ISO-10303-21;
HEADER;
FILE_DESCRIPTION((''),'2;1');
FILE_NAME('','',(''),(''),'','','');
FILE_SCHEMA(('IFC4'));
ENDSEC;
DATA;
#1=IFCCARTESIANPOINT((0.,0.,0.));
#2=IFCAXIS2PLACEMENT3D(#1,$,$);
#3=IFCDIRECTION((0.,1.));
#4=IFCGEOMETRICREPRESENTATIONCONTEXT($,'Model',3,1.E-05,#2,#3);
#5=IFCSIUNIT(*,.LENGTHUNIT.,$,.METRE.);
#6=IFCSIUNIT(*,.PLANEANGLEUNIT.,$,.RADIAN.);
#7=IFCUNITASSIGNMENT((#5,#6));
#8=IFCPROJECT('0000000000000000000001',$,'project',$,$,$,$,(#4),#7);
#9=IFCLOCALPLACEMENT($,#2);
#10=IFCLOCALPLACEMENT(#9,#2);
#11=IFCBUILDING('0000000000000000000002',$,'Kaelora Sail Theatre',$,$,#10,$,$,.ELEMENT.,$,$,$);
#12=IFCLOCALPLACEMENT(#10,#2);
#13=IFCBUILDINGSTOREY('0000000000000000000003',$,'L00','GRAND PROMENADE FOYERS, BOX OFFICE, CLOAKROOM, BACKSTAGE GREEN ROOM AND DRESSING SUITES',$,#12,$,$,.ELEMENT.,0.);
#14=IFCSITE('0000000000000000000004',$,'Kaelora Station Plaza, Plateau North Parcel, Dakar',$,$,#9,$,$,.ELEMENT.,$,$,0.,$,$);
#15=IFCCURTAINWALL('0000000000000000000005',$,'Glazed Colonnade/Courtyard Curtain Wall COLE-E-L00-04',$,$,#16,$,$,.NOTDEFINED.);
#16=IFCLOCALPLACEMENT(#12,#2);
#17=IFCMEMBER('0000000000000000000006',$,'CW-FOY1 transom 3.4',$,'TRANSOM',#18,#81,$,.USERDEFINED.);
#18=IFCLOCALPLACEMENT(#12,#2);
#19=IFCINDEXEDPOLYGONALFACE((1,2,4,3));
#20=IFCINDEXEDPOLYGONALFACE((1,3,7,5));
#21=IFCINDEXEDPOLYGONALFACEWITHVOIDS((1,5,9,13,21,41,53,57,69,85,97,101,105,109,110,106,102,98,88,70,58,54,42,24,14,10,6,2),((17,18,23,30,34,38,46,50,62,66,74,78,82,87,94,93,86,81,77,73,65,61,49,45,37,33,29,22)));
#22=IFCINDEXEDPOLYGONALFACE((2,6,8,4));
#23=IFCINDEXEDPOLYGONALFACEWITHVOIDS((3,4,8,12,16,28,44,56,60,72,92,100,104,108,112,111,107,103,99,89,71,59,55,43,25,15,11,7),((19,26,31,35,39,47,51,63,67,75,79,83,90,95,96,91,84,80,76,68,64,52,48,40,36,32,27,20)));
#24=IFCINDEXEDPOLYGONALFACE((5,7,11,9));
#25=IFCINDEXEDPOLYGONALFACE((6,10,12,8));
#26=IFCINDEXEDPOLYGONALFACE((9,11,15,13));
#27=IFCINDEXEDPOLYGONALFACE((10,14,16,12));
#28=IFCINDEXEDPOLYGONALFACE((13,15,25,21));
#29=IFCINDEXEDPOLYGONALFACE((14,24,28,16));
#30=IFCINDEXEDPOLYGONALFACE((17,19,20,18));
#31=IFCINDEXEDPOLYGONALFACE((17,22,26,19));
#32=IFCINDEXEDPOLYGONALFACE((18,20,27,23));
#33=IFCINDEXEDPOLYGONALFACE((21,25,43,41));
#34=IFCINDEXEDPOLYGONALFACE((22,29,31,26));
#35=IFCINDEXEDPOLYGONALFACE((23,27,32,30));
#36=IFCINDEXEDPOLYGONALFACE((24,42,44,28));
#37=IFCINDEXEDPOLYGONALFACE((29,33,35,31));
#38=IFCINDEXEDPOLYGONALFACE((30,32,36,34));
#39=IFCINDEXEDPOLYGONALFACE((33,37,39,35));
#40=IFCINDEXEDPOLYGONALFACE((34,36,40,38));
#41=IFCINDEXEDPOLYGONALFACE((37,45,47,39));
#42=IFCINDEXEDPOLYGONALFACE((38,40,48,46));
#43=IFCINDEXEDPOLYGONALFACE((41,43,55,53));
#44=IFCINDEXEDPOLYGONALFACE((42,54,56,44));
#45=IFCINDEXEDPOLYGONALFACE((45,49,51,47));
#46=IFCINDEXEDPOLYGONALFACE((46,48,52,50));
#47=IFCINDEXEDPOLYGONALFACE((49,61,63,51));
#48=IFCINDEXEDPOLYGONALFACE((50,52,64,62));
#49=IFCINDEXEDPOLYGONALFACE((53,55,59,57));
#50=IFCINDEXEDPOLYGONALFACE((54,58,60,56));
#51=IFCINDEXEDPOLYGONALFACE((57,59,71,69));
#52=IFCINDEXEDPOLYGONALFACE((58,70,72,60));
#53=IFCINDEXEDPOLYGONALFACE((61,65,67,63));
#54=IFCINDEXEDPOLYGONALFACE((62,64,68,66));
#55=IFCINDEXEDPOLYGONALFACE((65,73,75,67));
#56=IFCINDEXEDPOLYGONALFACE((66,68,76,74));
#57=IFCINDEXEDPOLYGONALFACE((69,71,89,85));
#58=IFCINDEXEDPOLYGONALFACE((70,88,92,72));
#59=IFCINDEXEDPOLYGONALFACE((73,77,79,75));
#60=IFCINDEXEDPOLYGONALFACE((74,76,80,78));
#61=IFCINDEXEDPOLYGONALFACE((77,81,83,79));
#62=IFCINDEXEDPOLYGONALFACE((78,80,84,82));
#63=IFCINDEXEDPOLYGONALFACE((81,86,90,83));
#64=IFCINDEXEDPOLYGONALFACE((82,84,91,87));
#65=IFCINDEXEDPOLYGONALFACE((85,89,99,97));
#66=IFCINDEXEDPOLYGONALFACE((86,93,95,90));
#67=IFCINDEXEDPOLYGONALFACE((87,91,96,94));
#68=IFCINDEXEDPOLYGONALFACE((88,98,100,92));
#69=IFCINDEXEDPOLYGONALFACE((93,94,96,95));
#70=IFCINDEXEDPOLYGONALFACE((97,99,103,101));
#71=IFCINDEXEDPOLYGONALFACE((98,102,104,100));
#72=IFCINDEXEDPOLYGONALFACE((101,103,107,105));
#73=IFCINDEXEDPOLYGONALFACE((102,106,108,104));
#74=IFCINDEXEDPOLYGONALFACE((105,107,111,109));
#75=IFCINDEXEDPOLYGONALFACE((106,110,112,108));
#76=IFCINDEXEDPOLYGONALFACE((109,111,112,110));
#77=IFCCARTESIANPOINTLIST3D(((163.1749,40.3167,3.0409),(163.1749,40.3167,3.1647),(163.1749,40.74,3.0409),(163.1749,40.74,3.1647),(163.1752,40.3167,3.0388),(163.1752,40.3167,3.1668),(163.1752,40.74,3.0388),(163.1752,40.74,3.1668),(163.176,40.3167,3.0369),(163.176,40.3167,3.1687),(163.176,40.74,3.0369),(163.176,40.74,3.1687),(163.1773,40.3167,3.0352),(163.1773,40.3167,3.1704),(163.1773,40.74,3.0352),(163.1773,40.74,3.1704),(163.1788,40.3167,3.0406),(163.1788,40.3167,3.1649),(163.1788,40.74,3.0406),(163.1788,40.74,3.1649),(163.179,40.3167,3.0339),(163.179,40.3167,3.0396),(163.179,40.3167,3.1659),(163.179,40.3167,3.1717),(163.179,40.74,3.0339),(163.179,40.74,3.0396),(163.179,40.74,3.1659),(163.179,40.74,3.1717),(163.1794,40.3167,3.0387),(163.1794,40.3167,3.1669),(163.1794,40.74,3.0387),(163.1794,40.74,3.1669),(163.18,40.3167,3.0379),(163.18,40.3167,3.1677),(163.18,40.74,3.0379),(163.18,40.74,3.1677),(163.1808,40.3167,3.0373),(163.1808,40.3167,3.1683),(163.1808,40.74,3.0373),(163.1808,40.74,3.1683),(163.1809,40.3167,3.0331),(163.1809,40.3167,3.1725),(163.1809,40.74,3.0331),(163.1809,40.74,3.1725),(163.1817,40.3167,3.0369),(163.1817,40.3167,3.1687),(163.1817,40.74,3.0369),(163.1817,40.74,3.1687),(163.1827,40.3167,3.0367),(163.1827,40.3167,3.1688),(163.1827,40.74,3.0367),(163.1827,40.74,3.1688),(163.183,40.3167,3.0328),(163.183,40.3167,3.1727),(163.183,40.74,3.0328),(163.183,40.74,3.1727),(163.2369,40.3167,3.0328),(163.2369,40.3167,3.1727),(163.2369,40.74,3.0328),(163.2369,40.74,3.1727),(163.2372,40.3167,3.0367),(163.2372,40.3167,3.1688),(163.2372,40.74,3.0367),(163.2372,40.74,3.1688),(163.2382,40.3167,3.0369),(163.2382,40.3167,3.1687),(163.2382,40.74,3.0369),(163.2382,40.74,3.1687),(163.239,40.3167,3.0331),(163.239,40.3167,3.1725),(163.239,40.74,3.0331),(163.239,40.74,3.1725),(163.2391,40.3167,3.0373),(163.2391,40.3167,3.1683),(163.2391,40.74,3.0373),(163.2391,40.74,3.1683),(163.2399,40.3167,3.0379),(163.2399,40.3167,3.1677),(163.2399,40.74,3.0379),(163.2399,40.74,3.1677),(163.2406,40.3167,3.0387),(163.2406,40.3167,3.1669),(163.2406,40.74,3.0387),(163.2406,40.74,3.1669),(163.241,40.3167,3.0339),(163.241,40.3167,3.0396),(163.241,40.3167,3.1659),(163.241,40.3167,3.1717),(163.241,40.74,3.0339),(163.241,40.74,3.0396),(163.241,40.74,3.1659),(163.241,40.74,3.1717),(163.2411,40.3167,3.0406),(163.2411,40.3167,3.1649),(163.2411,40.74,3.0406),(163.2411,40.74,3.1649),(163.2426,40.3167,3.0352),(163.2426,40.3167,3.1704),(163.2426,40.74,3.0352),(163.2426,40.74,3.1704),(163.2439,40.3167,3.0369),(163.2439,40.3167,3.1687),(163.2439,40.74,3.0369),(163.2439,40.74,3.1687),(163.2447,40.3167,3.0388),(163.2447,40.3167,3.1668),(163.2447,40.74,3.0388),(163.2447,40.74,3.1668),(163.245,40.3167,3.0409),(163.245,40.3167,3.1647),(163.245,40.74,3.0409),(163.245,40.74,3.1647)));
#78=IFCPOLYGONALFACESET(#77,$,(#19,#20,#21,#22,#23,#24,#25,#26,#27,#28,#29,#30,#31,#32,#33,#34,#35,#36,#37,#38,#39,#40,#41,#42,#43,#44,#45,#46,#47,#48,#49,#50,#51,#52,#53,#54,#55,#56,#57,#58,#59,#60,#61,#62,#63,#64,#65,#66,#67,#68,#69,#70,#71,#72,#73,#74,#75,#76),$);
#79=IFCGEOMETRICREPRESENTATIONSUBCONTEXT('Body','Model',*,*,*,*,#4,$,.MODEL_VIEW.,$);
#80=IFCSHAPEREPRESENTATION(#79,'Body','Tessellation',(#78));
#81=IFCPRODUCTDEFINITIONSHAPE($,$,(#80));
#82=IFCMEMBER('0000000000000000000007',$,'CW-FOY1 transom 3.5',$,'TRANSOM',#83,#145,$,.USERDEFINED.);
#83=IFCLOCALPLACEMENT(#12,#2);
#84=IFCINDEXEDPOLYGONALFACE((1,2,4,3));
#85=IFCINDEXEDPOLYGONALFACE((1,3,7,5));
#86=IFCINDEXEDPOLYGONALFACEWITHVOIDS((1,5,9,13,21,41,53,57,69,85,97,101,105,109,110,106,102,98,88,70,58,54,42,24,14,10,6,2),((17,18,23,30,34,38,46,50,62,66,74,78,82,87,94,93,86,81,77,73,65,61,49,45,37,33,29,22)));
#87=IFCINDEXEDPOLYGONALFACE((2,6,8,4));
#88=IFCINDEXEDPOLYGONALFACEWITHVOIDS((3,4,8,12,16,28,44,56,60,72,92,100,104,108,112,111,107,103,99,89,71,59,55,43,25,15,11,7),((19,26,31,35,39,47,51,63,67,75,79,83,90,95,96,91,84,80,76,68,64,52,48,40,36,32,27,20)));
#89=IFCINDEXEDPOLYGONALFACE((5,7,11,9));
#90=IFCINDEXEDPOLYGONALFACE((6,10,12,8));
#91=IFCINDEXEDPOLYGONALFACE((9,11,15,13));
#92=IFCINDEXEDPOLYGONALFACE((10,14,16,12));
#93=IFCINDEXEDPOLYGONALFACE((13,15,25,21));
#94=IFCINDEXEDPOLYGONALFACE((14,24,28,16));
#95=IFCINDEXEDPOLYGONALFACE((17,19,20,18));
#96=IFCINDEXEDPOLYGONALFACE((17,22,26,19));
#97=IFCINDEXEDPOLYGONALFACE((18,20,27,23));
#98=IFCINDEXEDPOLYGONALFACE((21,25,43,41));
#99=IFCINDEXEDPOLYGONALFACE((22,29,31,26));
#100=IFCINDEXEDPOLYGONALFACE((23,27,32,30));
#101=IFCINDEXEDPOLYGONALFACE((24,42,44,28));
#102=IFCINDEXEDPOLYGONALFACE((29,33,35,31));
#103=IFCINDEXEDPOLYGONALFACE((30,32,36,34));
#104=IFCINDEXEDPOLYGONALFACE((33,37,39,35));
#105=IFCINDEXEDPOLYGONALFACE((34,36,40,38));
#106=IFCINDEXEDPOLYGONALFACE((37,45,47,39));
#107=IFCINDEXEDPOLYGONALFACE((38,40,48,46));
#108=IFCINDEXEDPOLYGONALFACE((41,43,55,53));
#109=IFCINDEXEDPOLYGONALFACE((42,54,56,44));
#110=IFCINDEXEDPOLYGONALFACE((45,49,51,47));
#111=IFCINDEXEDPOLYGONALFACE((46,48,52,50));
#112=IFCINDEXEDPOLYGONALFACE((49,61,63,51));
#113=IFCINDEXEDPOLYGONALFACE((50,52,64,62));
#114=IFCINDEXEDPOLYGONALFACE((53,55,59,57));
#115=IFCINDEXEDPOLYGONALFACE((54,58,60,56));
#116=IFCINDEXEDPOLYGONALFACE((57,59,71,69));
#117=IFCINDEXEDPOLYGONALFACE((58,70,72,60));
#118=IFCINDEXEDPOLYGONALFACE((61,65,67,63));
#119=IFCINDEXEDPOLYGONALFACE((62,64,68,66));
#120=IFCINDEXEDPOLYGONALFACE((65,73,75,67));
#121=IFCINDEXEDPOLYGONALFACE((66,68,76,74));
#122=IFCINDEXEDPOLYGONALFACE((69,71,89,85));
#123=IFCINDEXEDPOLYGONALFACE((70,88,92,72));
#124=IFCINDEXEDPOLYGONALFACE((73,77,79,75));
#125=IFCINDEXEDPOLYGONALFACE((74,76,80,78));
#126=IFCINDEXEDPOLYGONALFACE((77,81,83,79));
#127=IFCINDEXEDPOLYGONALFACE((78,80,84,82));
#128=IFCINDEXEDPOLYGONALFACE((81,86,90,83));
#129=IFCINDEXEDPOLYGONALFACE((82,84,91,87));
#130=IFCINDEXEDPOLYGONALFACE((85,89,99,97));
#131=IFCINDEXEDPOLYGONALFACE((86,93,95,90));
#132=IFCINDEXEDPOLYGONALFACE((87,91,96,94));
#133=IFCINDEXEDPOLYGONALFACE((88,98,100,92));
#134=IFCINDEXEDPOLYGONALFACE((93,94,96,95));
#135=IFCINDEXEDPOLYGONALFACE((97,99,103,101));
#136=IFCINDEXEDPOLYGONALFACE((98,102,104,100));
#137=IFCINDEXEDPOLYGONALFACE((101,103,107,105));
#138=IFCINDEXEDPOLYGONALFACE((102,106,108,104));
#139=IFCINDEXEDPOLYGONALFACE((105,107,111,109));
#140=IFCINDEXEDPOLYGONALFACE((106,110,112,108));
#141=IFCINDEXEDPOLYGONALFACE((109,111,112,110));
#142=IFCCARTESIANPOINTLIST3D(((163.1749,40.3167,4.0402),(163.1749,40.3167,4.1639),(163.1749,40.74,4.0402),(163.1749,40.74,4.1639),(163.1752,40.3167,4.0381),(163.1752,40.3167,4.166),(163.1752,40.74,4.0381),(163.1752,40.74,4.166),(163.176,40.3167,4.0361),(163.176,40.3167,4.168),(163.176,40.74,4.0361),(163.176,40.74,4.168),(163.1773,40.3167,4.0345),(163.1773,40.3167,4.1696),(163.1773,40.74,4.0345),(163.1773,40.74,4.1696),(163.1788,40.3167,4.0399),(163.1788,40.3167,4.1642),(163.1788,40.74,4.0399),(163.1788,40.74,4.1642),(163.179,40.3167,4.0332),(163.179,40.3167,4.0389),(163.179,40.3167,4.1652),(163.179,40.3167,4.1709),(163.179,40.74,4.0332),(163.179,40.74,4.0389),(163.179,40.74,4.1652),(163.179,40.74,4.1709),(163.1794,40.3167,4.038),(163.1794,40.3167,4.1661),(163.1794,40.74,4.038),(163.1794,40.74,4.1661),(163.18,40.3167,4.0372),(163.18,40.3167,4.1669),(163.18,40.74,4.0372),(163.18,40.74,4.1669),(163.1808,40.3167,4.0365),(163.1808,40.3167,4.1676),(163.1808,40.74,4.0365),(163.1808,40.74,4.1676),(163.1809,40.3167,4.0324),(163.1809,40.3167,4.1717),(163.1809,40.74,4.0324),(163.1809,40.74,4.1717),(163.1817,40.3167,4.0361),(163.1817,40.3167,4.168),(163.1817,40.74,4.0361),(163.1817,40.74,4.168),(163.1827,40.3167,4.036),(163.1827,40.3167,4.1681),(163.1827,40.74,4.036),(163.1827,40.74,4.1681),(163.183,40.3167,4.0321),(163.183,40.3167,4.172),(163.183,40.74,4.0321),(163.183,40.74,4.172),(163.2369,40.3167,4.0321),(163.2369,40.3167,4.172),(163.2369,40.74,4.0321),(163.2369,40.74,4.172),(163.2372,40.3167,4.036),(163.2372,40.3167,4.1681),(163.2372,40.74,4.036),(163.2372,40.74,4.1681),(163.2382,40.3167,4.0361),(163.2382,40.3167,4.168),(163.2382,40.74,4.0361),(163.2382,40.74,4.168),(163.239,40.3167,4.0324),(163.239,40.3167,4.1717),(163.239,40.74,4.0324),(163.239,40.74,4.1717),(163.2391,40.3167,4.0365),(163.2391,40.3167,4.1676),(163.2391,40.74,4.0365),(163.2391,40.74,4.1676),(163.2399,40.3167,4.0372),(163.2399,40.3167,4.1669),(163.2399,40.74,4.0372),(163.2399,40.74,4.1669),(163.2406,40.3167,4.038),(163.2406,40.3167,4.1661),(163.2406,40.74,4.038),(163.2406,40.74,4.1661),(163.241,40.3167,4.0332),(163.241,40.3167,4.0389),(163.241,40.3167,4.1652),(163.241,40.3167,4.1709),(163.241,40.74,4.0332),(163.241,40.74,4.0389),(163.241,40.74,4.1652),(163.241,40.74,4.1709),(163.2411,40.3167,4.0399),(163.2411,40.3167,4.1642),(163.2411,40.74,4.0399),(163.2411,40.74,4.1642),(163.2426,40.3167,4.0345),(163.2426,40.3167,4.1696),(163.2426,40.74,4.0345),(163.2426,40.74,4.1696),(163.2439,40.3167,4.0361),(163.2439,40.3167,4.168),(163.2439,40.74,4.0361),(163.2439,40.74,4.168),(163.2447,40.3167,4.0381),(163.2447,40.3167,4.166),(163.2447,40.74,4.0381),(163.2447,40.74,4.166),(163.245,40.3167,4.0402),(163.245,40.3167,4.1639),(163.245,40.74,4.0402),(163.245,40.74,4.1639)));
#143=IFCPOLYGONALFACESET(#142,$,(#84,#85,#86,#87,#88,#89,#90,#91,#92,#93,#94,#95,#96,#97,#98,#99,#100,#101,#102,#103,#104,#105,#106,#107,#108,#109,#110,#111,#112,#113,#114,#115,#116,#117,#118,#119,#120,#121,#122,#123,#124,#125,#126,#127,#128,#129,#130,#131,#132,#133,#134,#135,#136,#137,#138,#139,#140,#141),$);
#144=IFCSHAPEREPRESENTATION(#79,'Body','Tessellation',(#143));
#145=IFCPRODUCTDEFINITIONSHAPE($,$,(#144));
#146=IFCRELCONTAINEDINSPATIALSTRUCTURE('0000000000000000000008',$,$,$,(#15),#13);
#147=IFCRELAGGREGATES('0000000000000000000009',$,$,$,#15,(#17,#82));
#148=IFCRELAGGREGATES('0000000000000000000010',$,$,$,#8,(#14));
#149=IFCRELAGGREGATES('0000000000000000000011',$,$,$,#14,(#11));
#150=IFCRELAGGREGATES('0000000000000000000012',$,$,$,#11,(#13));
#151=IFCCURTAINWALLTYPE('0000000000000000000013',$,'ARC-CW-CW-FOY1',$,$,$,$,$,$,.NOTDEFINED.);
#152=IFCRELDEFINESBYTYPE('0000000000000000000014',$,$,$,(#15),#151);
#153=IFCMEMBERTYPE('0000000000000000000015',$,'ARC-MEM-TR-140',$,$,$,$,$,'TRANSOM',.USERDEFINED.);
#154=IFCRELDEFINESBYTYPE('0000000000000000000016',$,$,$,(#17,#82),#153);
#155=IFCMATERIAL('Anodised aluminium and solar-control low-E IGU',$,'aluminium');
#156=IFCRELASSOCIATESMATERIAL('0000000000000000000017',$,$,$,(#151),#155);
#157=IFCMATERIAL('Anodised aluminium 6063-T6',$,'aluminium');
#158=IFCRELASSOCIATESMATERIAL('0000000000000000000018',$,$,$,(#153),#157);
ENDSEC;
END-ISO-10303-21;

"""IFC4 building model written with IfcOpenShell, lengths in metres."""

from ifc_helpers import new_model, si_unit, direction, frame, origin, origin_2d, place, context, subcontext, project, spatial, hollow_rectangle, extrude, material, material_profile, profile_set, type_object, element, aggregate, save


model = new_model("IFC4")

# Units and contexts
model_context = context("Model", 3, precision=1e-05, world=origin(), true_north=direction((0.0, 1.0)))
body_context = subcontext(model_context, "Body", "Model", "MODEL_VIEW")
ifc_project = project(units=[si_unit("LENGTHUNIT", "METRE"), si_unit("PLANEANGLEUNIT", "RADIAN")], contexts=[model_context])

# Site, building, storey
site_placement = place(None, origin())
site = spatial("IfcSite", under=ifc_project, at=site_placement, Name="Kaelora Station Plaza, Plateau North Parcel, Dakar", CompositionType="ELEMENT", RefElevation=0.0)
building_placement = place(site_placement, origin())
building = spatial("IfcBuilding", under=site, at=building_placement, Name="Kaelora Sail Theatre", CompositionType="ELEMENT")
storey_placement = place(building_placement, origin())
storey = spatial("IfcBuildingStorey", under=building, at=storey_placement, Name="L00", Description="GRAND PROMENADE FOYERS, BOX OFFICE, CLOAKROOM, BACKSTAGE GREEN ROOM AND DRESSING SUITES", CompositionType="ELEMENT", Elevation=0.0)

# Curtain wall
ifc_material_1 = material(Name="Anodised aluminium and solar-control low-E IGU", Category="aluminium")
curtain_wall_type = type_object("IfcCurtainWallType", Name="ARC-CW-CW-FOY1", PredefinedType="NOTDEFINED", material=ifc_material_1)
curtain_wall_1_placement = place(storey_placement, origin())
curtain_wall_1 = element("IfcCurtainWall", 1, at=curtain_wall_1_placement, inside=storey, type_object=curtain_wall_type, Name="Glazed Colonnade/Courtyard Curtain Wall COLE-E-L00-04", PredefinedType="NOTDEFINED")

# Members
ifc_material_2 = material(Name="Anodised aluminium 6063-T6", Category="aluminium")
ifc_material_profile_1 = material_profile(ifc_material_2, hollow_rectangle(XDim=0.0701, YDim=0.1399, WallThickness=0.0039, InnerFilletRadius=0.0039, OuterFilletRadius=0.0081, at=origin_2d()), Name="ALU-TRAN 70x140x4")
ifc_profile_set_1 = profile_set([ifc_material_profile_1], Name="Anodised aluminium 6063-T6")
member_type_1 = type_object("IfcMemberType", Name="ARC-MEM-TR-140", ElementType="TRANSOM", PredefinedType="USERDEFINED", material=ifc_profile_set_1)
member_1_placement = place(storey_placement, frame((163.21, 40.3167, 3.1028), z_axis=(0.0, 1.0, 0.0), x_axis=(-1.0, 0.0, 0.0)))
member_1 = element("IfcMember", 2, at=member_1_placement, type_object=member_type_1, Name="CW-FOY1 transom 3.4", ObjectType="TRANSOM", PredefinedType="USERDEFINED", context=body_context, shape_type="SweptSolid", body=[
    extrude(hollow_rectangle(XDim=0.0701, YDim=0.1399, WallThickness=0.0039, InnerFilletRadius=0.0039, OuterFilletRadius=0.0081, at=origin_2d()), origin(), (0.0, 0.0, 1.0), 0.4233),
])
member_2_placement = place(storey_placement, frame((163.21, 40.3167, 4.1021), z_axis=(0.0, 1.0, 0.0), x_axis=(-1.0, 0.0, 0.0)))
member_2 = element("IfcMember", 3, at=member_2_placement, type_object=member_type_1, Name="CW-FOY1 transom 3.5", ObjectType="TRANSOM", PredefinedType="USERDEFINED", context=body_context, shape_type="SweptSolid", body=[
    extrude(hollow_rectangle(XDim=0.0701, YDim=0.1399, WallThickness=0.0039, InnerFilletRadius=0.0039, OuterFilletRadius=0.0081, at=origin_2d()), origin(), (0.0, 0.0, 1.0), 0.4233),
])

aggregate(curtain_wall_1, [member_1, member_2])

save(model, "model.ifc")
